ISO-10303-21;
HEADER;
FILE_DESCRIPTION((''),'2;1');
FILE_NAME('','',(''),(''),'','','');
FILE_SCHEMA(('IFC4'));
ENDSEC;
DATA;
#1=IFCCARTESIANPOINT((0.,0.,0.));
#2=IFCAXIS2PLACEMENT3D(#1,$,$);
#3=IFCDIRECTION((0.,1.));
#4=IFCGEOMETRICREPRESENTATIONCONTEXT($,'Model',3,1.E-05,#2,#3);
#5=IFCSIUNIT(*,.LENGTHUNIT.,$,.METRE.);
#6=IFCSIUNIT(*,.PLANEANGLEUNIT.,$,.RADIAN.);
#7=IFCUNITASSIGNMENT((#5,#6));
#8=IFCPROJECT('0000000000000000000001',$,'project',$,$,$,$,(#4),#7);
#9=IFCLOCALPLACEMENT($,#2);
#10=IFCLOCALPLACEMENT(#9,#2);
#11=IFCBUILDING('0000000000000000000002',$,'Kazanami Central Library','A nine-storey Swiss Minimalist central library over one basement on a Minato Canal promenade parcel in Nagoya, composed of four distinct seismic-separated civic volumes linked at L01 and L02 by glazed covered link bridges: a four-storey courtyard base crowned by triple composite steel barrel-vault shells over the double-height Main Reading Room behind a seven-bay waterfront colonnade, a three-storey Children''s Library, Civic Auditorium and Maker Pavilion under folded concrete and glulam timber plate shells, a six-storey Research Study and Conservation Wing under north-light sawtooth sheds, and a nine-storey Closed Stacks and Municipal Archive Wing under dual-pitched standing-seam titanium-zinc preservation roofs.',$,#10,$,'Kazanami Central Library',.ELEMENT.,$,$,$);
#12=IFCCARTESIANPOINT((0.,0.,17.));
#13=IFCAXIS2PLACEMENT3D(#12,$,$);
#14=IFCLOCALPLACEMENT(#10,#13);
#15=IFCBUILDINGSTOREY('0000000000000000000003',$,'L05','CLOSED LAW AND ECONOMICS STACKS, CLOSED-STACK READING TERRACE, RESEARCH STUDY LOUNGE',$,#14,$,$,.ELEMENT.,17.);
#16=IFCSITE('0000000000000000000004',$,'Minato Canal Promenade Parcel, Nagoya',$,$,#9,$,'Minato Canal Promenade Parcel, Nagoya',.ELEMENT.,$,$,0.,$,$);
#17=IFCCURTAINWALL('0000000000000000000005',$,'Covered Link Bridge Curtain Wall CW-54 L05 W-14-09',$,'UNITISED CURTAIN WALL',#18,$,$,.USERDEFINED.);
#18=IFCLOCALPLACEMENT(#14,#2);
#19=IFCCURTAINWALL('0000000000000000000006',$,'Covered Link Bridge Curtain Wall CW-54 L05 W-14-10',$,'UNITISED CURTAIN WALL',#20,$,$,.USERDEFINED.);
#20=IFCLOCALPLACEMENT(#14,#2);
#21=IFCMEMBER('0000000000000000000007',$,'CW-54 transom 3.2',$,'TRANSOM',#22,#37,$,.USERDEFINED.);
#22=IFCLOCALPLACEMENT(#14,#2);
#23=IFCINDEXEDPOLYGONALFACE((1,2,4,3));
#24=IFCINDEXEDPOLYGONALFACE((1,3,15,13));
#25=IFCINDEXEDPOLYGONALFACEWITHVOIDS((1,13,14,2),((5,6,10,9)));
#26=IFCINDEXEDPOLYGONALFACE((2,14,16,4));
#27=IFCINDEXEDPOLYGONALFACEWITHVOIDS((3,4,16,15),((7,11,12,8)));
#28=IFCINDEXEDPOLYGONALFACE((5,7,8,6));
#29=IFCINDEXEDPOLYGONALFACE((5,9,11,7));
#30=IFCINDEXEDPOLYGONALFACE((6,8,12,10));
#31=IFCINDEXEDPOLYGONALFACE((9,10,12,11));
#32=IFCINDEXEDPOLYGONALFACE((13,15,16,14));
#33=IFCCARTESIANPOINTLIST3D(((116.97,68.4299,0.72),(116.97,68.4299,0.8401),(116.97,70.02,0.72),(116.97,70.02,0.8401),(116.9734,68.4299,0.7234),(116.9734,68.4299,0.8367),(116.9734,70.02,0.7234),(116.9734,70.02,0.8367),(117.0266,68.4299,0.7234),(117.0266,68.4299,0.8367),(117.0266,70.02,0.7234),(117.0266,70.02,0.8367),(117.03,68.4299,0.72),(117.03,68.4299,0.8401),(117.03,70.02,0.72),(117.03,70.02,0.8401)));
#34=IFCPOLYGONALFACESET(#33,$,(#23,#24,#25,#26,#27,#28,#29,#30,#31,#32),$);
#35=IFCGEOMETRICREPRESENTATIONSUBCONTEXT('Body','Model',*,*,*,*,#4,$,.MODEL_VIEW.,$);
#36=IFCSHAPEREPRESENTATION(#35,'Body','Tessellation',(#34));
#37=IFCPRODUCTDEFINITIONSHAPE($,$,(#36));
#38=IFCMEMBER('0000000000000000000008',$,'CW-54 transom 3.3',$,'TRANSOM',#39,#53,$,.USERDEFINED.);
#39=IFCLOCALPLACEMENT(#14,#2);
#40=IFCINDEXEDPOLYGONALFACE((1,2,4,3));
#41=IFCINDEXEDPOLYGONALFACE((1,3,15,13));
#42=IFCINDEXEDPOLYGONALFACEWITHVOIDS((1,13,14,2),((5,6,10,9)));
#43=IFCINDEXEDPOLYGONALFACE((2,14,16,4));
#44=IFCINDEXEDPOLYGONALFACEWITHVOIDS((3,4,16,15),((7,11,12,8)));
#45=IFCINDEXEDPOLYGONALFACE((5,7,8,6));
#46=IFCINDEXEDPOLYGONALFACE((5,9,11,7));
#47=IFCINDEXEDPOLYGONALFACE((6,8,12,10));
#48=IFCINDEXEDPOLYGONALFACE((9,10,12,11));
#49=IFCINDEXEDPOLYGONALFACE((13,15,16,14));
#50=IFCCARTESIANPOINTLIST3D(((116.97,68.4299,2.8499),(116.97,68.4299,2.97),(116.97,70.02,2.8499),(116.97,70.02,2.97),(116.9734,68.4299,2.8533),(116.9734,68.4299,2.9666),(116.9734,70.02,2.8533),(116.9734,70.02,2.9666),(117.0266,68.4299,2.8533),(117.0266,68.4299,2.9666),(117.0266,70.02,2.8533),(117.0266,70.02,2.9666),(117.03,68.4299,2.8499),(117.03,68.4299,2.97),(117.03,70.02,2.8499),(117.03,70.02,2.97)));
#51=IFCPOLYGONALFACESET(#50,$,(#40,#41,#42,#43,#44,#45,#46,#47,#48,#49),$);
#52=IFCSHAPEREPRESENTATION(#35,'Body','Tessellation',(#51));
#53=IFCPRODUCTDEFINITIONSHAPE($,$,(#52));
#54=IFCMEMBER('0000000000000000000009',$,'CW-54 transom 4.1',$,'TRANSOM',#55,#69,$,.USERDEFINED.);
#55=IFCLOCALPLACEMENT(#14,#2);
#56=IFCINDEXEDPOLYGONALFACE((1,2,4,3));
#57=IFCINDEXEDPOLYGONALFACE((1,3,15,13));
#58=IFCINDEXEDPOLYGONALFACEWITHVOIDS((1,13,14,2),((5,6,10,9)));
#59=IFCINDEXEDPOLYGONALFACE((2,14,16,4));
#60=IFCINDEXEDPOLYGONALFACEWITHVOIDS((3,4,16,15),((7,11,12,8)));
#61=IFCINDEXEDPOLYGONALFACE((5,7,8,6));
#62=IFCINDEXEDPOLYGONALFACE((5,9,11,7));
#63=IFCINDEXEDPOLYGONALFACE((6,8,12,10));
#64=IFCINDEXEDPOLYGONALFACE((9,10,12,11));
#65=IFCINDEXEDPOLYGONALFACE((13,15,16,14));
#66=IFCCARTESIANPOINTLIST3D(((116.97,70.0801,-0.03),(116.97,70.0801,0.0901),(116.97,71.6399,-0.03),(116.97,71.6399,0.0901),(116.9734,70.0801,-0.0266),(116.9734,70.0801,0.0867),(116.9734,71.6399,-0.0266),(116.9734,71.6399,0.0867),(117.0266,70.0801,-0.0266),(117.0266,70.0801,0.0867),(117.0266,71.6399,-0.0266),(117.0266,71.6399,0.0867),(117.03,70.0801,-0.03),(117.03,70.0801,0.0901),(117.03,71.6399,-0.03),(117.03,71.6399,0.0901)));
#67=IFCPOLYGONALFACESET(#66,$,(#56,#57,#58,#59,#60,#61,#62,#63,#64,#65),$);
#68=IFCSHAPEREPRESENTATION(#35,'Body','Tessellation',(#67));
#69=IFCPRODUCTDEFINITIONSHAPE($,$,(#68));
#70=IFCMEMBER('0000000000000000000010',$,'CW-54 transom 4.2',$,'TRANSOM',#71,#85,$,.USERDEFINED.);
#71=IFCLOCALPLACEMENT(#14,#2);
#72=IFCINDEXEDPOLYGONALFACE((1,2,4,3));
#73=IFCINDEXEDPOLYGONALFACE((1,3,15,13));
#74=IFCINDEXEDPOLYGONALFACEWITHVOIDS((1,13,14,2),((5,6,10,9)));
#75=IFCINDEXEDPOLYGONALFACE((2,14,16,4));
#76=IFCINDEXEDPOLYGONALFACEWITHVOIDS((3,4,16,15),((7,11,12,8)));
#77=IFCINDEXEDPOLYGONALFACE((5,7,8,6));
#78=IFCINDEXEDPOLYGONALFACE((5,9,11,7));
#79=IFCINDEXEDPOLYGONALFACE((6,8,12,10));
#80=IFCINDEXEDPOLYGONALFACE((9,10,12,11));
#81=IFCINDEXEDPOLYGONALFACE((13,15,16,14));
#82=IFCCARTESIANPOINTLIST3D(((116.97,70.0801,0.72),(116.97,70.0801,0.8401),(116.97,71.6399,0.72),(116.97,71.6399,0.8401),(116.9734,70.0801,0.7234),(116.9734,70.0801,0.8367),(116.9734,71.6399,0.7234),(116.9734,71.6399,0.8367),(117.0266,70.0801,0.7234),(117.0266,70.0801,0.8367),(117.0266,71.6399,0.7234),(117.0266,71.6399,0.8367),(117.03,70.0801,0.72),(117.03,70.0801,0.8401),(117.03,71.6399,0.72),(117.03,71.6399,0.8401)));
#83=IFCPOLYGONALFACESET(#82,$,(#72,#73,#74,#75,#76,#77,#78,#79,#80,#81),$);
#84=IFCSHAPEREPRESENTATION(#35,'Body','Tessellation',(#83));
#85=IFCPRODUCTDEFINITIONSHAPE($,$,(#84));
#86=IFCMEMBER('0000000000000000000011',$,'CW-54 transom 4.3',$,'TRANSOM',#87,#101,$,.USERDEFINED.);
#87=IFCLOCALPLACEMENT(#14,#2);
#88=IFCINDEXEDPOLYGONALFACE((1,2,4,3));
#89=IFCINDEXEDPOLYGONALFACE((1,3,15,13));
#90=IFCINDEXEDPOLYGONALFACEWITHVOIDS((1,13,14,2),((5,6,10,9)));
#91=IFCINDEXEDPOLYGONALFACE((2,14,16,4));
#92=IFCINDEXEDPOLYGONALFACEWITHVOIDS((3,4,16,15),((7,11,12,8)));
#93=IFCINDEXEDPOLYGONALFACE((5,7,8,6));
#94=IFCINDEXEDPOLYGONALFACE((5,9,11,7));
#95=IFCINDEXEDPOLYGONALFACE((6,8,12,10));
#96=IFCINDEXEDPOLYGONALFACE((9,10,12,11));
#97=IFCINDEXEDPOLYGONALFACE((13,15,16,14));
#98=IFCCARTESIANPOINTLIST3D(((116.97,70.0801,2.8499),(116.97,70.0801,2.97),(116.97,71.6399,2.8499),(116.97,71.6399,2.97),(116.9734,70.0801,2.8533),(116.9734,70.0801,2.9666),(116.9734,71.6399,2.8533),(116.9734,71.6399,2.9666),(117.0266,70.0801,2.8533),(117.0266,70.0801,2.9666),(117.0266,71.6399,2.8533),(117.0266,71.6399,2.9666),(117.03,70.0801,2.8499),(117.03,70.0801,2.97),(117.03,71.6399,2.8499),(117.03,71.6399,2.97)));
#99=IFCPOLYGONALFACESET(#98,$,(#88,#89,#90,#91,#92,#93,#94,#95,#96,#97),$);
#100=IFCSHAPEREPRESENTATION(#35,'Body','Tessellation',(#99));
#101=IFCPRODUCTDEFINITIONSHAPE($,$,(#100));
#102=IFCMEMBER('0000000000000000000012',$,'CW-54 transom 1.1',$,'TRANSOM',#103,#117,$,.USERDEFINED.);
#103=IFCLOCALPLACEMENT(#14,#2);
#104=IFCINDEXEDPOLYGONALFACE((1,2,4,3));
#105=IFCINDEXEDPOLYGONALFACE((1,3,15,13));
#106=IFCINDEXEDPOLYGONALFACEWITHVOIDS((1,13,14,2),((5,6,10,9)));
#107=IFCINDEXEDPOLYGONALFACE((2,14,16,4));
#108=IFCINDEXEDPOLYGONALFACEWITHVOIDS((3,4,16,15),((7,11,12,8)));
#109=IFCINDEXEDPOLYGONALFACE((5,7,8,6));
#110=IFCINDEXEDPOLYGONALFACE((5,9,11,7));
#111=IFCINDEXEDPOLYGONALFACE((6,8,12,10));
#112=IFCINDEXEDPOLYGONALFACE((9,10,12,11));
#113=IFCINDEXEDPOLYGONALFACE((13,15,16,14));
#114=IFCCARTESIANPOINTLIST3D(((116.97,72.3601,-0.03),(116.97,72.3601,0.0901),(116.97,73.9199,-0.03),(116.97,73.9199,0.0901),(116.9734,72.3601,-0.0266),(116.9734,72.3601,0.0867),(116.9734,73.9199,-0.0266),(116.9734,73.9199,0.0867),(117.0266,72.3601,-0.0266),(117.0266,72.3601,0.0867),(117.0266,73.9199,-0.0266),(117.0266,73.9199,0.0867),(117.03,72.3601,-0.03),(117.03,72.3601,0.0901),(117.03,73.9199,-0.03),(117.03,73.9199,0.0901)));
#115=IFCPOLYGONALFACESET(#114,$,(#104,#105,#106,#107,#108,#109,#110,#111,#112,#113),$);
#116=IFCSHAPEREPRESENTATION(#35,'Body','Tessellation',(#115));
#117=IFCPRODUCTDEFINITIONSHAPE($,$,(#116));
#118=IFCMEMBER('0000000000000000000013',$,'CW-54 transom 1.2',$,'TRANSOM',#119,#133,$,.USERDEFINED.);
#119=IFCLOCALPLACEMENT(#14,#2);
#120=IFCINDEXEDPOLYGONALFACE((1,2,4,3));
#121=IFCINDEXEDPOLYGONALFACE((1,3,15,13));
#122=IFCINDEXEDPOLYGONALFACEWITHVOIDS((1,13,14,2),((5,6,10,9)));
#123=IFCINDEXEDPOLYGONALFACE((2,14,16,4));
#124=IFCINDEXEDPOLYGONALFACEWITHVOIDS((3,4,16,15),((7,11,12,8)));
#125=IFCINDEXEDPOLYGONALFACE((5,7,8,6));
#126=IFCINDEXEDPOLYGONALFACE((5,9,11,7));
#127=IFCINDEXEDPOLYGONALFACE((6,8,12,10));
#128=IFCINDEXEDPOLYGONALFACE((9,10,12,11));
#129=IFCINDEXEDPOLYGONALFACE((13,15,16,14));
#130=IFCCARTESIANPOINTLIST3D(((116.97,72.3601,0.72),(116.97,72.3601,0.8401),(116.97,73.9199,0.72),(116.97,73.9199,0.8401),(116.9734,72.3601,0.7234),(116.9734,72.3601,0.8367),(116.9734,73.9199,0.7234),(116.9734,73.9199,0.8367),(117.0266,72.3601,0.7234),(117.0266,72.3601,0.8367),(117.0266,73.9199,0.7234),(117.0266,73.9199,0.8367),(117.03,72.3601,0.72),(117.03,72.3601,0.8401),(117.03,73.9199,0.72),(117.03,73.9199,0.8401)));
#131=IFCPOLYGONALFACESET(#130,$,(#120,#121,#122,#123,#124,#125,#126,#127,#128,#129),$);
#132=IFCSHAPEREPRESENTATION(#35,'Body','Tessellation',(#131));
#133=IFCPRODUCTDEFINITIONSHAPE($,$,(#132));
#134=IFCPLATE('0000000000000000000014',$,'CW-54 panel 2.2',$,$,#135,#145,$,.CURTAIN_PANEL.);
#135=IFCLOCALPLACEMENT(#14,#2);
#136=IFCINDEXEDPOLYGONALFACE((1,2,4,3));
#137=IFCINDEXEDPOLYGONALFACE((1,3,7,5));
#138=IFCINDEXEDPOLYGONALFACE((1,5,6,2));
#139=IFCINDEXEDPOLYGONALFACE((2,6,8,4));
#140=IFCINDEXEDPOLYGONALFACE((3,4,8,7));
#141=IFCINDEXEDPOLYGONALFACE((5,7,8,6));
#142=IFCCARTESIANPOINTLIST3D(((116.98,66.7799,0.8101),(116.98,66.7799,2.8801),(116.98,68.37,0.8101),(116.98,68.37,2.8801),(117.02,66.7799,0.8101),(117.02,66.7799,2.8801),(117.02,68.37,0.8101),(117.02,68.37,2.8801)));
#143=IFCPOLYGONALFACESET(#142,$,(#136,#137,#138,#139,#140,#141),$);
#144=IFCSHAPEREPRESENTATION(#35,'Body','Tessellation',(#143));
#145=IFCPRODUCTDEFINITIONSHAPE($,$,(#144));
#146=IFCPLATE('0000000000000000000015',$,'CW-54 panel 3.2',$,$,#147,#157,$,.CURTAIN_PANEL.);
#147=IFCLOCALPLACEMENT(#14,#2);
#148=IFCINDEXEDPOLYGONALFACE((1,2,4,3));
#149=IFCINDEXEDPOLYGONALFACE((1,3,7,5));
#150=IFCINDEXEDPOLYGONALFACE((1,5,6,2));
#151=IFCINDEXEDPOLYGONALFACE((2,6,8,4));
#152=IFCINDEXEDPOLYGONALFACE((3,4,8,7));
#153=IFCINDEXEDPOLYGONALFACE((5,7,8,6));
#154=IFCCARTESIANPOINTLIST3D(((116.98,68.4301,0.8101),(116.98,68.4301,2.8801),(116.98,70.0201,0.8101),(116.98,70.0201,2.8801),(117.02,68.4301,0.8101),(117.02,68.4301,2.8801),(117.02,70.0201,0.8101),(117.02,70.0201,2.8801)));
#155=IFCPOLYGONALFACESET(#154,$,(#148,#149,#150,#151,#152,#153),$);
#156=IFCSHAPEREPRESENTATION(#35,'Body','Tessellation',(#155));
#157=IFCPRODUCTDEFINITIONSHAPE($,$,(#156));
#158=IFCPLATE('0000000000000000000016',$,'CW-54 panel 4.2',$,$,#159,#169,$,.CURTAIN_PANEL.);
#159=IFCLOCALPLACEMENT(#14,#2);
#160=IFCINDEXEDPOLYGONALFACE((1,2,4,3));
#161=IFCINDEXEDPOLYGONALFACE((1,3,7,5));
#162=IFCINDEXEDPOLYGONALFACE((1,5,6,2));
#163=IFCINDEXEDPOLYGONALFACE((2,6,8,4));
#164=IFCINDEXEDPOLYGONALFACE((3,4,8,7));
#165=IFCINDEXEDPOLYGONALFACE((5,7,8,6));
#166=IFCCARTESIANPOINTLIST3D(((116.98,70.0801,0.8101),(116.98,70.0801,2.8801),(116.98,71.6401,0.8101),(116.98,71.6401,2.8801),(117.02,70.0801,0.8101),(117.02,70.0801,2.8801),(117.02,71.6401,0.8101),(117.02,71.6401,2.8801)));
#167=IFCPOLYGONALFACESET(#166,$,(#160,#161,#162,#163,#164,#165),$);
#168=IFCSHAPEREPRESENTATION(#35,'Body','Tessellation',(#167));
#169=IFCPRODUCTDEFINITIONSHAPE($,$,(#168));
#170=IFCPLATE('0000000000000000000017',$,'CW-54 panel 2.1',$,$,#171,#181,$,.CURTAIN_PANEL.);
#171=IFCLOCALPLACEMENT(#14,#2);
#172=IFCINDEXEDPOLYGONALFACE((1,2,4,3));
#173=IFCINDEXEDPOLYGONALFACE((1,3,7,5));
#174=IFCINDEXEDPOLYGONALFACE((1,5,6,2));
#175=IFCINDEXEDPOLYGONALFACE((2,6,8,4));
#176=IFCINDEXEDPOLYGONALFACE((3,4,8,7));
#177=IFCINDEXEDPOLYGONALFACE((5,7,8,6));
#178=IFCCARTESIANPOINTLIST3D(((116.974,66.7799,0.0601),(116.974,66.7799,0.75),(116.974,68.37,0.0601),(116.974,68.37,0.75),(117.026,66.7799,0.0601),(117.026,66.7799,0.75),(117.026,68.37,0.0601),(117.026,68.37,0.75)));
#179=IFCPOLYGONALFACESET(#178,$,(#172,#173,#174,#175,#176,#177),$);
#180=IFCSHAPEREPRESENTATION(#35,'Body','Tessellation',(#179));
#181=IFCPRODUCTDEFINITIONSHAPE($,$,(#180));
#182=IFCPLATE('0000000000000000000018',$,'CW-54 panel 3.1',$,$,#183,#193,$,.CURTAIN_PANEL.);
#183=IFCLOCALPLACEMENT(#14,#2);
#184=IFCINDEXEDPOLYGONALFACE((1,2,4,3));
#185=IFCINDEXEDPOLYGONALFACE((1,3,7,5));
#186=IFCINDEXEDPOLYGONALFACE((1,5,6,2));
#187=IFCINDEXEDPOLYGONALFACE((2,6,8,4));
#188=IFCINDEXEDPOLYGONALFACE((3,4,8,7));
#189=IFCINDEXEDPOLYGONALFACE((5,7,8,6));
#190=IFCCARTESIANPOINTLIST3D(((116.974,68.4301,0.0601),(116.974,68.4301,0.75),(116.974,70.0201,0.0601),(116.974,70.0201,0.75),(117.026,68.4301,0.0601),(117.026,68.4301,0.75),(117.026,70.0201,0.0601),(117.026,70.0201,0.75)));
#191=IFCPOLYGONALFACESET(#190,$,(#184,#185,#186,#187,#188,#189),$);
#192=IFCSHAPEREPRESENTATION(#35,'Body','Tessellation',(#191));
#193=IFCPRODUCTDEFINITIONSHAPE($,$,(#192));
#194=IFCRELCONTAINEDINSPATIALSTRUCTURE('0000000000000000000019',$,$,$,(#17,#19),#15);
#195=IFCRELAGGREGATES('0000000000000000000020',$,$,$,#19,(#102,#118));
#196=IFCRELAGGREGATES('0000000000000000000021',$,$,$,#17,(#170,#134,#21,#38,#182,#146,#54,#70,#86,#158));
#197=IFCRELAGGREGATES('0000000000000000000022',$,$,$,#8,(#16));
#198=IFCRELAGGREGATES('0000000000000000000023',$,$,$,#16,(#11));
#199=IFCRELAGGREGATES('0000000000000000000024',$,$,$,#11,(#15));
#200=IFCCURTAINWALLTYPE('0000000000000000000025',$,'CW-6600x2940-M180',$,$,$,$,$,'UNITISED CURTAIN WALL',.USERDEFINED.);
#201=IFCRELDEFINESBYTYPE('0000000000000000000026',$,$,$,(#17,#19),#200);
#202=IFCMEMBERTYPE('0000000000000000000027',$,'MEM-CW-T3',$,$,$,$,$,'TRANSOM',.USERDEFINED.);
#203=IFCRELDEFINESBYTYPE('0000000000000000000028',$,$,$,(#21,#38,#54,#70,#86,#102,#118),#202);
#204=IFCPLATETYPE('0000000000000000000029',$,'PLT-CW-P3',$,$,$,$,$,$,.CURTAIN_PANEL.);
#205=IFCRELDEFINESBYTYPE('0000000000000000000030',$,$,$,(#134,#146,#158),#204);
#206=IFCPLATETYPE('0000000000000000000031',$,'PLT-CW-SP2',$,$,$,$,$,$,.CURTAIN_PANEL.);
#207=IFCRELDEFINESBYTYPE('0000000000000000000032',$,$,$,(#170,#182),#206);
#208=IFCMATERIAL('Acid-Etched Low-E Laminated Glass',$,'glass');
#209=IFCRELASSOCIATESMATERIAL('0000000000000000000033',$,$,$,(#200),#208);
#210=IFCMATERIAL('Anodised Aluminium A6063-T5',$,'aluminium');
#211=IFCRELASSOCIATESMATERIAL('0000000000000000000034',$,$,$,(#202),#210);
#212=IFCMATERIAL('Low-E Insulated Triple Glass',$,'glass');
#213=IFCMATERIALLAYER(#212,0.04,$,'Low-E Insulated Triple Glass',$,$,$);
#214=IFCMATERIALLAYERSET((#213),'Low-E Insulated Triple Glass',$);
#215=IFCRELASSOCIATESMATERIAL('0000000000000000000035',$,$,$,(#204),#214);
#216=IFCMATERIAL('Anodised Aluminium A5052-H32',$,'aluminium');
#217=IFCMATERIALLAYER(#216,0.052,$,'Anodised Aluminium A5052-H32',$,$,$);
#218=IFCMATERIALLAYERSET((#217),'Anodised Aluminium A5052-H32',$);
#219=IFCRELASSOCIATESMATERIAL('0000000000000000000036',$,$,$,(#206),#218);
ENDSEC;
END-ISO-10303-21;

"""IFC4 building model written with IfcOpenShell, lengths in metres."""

from ifc_helpers import new_model, si_unit, direction, frame, origin, origin_2d, place, context, subcontext, project, spatial, rectangle, hollow_rectangle, extrude, material, layer, layer_set, material_profile, profile_set, type_object, element, aggregate, save


model = new_model("IFC4")

# Units and contexts
model_context = context("Model", 3, precision=1e-05, world=origin(), true_north=direction((0.0, 1.0)))
body_context = subcontext(model_context, "Body", "Model", "MODEL_VIEW")
ifc_project = project(units=[si_unit("LENGTHUNIT", "METRE"), si_unit("PLANEANGLEUNIT", "RADIAN")], contexts=[model_context])

# Site, building, storey
site_placement = place(None, origin())
site = spatial("IfcSite", under=ifc_project, at=site_placement, Name="Minato Canal Promenade Parcel, Nagoya", LongName="Minato Canal Promenade Parcel, Nagoya", CompositionType="ELEMENT", RefElevation=0.0)
building_placement = place(site_placement, origin())
building = spatial("IfcBuilding", under=site, at=building_placement, Name="Kazanami Central Library", Description="A nine-storey Swiss Minimalist central library over one basement on a Minato Canal promenade parcel in Nagoya, composed of four distinct seismic-separated civic volumes linked at L01 and L02 by glazed covered link bridges: a four-storey courtyard base crowned by triple composite steel barrel-vault shells over the double-height Main Reading Room behind a seven-bay waterfront colonnade, a three-storey Children's Library, Civic Auditorium and Maker Pavilion under folded concrete and glulam timber plate shells, a six-storey Research Study and Conservation Wing under north-light sawtooth sheds, and a nine-storey Closed Stacks and Municipal Archive Wing under dual-pitched standing-seam titanium-zinc preservation roofs.", LongName="Kazanami Central Library", CompositionType="ELEMENT")
storey_placement = place(building_placement, frame((0.0, 0.0, 17.0)))
storey = spatial("IfcBuildingStorey", under=building, at=storey_placement, Name="L05", Description="CLOSED LAW AND ECONOMICS STACKS, CLOSED-STACK READING TERRACE, RESEARCH STUDY LOUNGE", CompositionType="ELEMENT", Elevation=17.0)

# Curtain wall
ifc_material_1 = material(Name="Acid-Etched Low-E Laminated Glass", Category="glass")
curtain_wall_type = type_object("IfcCurtainWallType", Name="CW-6600x2940-M180", ElementType="UNITISED CURTAIN WALL", PredefinedType="USERDEFINED", material=ifc_material_1)
curtain_wall_1_placement = place(storey_placement, origin())
curtain_wall_1 = element("IfcCurtainWall", 1, at=curtain_wall_1_placement, inside=storey, type_object=curtain_wall_type, Name="Covered Link Bridge Curtain Wall CW-54 L05 W-14-09", ObjectType="UNITISED CURTAIN WALL", PredefinedType="USERDEFINED")
ifc_material_2 = material(Name="Anodised Aluminium A6063-T5", Category="aluminium")

# Curtain wall
curtain_wall_2_placement = place(storey_placement, origin())
curtain_wall_2 = element("IfcCurtainWall", 2, at=curtain_wall_2_placement, inside=storey, type_object=curtain_wall_type, Name="Covered Link Bridge Curtain Wall CW-54 L05 W-14-10", ObjectType="UNITISED CURTAIN WALL", PredefinedType="USERDEFINED")

# Members
ifc_material_profile_1 = material_profile(ifc_material_2, hollow_rectangle(XDim=0.0601, YDim=0.1201, WallThickness=0.0034, at=origin_2d()), Name="ALU-TRAN-60x120x3.5")
ifc_profile_set_1 = profile_set([ifc_material_profile_1], Name="Anodised Aluminium A6063-T5")
member_type_1 = type_object("IfcMemberType", Name="MEM-CW-T3", ElementType="TRANSOM", PredefinedType="USERDEFINED", material=ifc_profile_set_1)
member_1_placement = place(storey_placement, frame((117.0, 68.4299, 0.78), z_axis=(0.0, 1.0, 0.0), x_axis=(-1.0, 0.0, 0.0)))
member_1 = element("IfcMember", 3, at=member_1_placement, type_object=member_type_1, Name="CW-54 transom 3.2", ObjectType="TRANSOM", PredefinedType="USERDEFINED", context=body_context, shape_type="SweptSolid", body=[
    extrude(hollow_rectangle(XDim=0.0601, YDim=0.1201, WallThickness=0.0034, at=origin_2d()), origin(), (0.0, 0.0, 1.0), 1.5901),
])
member_2_placement = place(storey_placement, frame((117.0, 68.4299, 2.9099), z_axis=(0.0, 1.0, 0.0), x_axis=(-1.0, 0.0, 0.0)))
member_2 = element("IfcMember", 4, at=member_2_placement, type_object=member_type_1, Name="CW-54 transom 3.3", ObjectType="TRANSOM", PredefinedType="USERDEFINED", context=body_context, shape_type="SweptSolid", body=[
    extrude(hollow_rectangle(XDim=0.0601, YDim=0.1201, WallThickness=0.0034, at=origin_2d()), origin(), (0.0, 0.0, 1.0), 1.5901),
])
member_3_placement = place(storey_placement, frame((117.0, 70.0801, 0.03), z_axis=(0.0, 1.0, 0.0), x_axis=(-1.0, 0.0, 0.0)))
member_3 = element("IfcMember", 5, at=member_3_placement, type_object=member_type_1, Name="CW-54 transom 4.1", ObjectType="TRANSOM", PredefinedType="USERDEFINED", context=body_context, shape_type="SweptSolid", body=[
    extrude(hollow_rectangle(XDim=0.0601, YDim=0.1201, WallThickness=0.0034, at=origin_2d()), origin(), (0.0, 0.0, 1.0), 1.5598),
])
member_4_placement = place(storey_placement, frame((117.0, 70.0801, 0.78), z_axis=(0.0, 1.0, 0.0), x_axis=(-1.0, 0.0, 0.0)))
member_4 = element("IfcMember", 6, at=member_4_placement, type_object=member_type_1, Name="CW-54 transom 4.2", ObjectType="TRANSOM", PredefinedType="USERDEFINED", context=body_context, shape_type="SweptSolid", body=[
    extrude(hollow_rectangle(XDim=0.0601, YDim=0.1201, WallThickness=0.0034, at=origin_2d()), origin(), (0.0, 0.0, 1.0), 1.5598),
])
member_5_placement = place(storey_placement, frame((117.0, 70.0801, 2.9099), z_axis=(0.0, 1.0, 0.0), x_axis=(-1.0, 0.0, 0.0)))
member_5 = element("IfcMember", 7, at=member_5_placement, type_object=member_type_1, Name="CW-54 transom 4.3", ObjectType="TRANSOM", PredefinedType="USERDEFINED", context=body_context, shape_type="SweptSolid", body=[
    extrude(hollow_rectangle(XDim=0.0601, YDim=0.1201, WallThickness=0.0034, at=origin_2d()), origin(), (0.0, 0.0, 1.0), 1.5598),
])
member_6_placement = place(storey_placement, frame((117.0, 72.3601, 0.03), z_axis=(0.0, 1.0, 0.0), x_axis=(-1.0, 0.0, 0.0)))
member_6 = element("IfcMember", 8, at=member_6_placement, type_object=member_type_1, Name="CW-54 transom 1.1", ObjectType="TRANSOM", PredefinedType="USERDEFINED", context=body_context, shape_type="SweptSolid", body=[
    extrude(hollow_rectangle(XDim=0.0601, YDim=0.1201, WallThickness=0.0034, at=origin_2d()), origin(), (0.0, 0.0, 1.0), 1.5598),
])
member_7_placement = place(storey_placement, frame((117.0, 72.3601, 0.78), z_axis=(0.0, 1.0, 0.0), x_axis=(-1.0, 0.0, 0.0)))
member_7 = element("IfcMember", 9, at=member_7_placement, type_object=member_type_1, Name="CW-54 transom 1.2", ObjectType="TRANSOM", PredefinedType="USERDEFINED", context=body_context, shape_type="SweptSolid", body=[
    extrude(hollow_rectangle(XDim=0.0601, YDim=0.1201, WallThickness=0.0034, at=origin_2d()), origin(), (0.0, 0.0, 1.0), 1.5598),
])
aggregate(curtain_wall_2, [member_6, member_7])

# Plates
ifc_material_3 = material(Name="Low-E Insulated Triple Glass", Category="glass")
ifc_layer_1 = layer(ifc_material_3, 0.04, Name="Low-E Insulated Triple Glass")
ifc_layer_set_1 = layer_set([ifc_layer_1], Name="Low-E Insulated Triple Glass")
plate_type_1 = type_object("IfcPlateType", Name="PLT-CW-P3", PredefinedType="CURTAIN_PANEL", material=ifc_layer_set_1)
plate_1_placement = place(storey_placement, frame((117.0, 67.575, 0.8101), z_axis=(0.0, 0.0, 1.0), x_axis=(0.0, 1.0, 0.0)))
plate_1 = element("IfcPlate", 10, at=plate_1_placement, type_object=plate_type_1, Name="CW-54 panel 2.2", PredefinedType="CURTAIN_PANEL", context=body_context, shape_type="SweptSolid", body=[
    extrude(rectangle(XDim=1.5901, YDim=0.04, at=origin_2d()), origin(), (0.0, 0.0, 1.0), 2.0701),
])
plate_2_placement = place(storey_placement, frame((117.0, 69.2251, 0.8101), z_axis=(0.0, 0.0, 1.0), x_axis=(0.0, 1.0, 0.0)))
plate_2 = element("IfcPlate", 11, at=plate_2_placement, type_object=plate_type_1, Name="CW-54 panel 3.2", PredefinedType="CURTAIN_PANEL", context=body_context, shape_type="SweptSolid", body=[
    extrude(rectangle(XDim=1.5901, YDim=0.04, at=origin_2d()), origin(), (0.0, 0.0, 1.0), 2.0701),
])
plate_3_placement = place(storey_placement, frame((117.0, 70.8601, 0.8101), z_axis=(0.0, 0.0, 1.0), x_axis=(0.0, 1.0, 0.0)))
plate_3 = element("IfcPlate", 12, at=plate_3_placement, type_object=plate_type_1, Name="CW-54 panel 4.2", PredefinedType="CURTAIN_PANEL", context=body_context, shape_type="SweptSolid", body=[
    extrude(rectangle(XDim=1.5601, YDim=0.04, at=origin_2d()), origin(), (0.0, 0.0, 1.0), 2.0701),
])
ifc_material_4 = material(Name="Anodised Aluminium A5052-H32", Category="aluminium")
ifc_layer_2 = layer(ifc_material_4, 0.052, Name="Anodised Aluminium A5052-H32")
ifc_layer_set_2 = layer_set([ifc_layer_2], Name="Anodised Aluminium A5052-H32")
plate_type_2 = type_object("IfcPlateType", Name="PLT-CW-SP2", PredefinedType="CURTAIN_PANEL", material=ifc_layer_set_2)
plate_4_placement = place(storey_placement, frame((117.0, 67.575, 0.0601), z_axis=(0.0, 0.0, 1.0), x_axis=(0.0, 1.0, 0.0)))
plate_4 = element("IfcPlate", 13, at=plate_4_placement, type_object=plate_type_2, Name="CW-54 panel 2.1", PredefinedType="CURTAIN_PANEL", context=body_context, shape_type="SweptSolid", body=[
    extrude(rectangle(XDim=1.5901, YDim=0.052, at=origin_2d()), origin(), (0.0, 0.0, 1.0), 0.6899),
])
plate_5_placement = place(storey_placement, frame((117.0, 69.2251, 0.0601), z_axis=(0.0, 0.0, 1.0), x_axis=(0.0, 1.0, 0.0)))
plate_5 = element("IfcPlate", 14, at=plate_5_placement, type_object=plate_type_2, Name="CW-54 panel 3.1", PredefinedType="CURTAIN_PANEL", context=body_context, shape_type="SweptSolid", body=[
    extrude(rectangle(XDim=1.5901, YDim=0.052, at=origin_2d()), origin(), (0.0, 0.0, 1.0), 0.6899),
])
aggregate(curtain_wall_1, [plate_4, plate_1, member_1, member_2, plate_5, plate_2, member_3, member_4, member_5, plate_3])

save(model, "model.ifc")
